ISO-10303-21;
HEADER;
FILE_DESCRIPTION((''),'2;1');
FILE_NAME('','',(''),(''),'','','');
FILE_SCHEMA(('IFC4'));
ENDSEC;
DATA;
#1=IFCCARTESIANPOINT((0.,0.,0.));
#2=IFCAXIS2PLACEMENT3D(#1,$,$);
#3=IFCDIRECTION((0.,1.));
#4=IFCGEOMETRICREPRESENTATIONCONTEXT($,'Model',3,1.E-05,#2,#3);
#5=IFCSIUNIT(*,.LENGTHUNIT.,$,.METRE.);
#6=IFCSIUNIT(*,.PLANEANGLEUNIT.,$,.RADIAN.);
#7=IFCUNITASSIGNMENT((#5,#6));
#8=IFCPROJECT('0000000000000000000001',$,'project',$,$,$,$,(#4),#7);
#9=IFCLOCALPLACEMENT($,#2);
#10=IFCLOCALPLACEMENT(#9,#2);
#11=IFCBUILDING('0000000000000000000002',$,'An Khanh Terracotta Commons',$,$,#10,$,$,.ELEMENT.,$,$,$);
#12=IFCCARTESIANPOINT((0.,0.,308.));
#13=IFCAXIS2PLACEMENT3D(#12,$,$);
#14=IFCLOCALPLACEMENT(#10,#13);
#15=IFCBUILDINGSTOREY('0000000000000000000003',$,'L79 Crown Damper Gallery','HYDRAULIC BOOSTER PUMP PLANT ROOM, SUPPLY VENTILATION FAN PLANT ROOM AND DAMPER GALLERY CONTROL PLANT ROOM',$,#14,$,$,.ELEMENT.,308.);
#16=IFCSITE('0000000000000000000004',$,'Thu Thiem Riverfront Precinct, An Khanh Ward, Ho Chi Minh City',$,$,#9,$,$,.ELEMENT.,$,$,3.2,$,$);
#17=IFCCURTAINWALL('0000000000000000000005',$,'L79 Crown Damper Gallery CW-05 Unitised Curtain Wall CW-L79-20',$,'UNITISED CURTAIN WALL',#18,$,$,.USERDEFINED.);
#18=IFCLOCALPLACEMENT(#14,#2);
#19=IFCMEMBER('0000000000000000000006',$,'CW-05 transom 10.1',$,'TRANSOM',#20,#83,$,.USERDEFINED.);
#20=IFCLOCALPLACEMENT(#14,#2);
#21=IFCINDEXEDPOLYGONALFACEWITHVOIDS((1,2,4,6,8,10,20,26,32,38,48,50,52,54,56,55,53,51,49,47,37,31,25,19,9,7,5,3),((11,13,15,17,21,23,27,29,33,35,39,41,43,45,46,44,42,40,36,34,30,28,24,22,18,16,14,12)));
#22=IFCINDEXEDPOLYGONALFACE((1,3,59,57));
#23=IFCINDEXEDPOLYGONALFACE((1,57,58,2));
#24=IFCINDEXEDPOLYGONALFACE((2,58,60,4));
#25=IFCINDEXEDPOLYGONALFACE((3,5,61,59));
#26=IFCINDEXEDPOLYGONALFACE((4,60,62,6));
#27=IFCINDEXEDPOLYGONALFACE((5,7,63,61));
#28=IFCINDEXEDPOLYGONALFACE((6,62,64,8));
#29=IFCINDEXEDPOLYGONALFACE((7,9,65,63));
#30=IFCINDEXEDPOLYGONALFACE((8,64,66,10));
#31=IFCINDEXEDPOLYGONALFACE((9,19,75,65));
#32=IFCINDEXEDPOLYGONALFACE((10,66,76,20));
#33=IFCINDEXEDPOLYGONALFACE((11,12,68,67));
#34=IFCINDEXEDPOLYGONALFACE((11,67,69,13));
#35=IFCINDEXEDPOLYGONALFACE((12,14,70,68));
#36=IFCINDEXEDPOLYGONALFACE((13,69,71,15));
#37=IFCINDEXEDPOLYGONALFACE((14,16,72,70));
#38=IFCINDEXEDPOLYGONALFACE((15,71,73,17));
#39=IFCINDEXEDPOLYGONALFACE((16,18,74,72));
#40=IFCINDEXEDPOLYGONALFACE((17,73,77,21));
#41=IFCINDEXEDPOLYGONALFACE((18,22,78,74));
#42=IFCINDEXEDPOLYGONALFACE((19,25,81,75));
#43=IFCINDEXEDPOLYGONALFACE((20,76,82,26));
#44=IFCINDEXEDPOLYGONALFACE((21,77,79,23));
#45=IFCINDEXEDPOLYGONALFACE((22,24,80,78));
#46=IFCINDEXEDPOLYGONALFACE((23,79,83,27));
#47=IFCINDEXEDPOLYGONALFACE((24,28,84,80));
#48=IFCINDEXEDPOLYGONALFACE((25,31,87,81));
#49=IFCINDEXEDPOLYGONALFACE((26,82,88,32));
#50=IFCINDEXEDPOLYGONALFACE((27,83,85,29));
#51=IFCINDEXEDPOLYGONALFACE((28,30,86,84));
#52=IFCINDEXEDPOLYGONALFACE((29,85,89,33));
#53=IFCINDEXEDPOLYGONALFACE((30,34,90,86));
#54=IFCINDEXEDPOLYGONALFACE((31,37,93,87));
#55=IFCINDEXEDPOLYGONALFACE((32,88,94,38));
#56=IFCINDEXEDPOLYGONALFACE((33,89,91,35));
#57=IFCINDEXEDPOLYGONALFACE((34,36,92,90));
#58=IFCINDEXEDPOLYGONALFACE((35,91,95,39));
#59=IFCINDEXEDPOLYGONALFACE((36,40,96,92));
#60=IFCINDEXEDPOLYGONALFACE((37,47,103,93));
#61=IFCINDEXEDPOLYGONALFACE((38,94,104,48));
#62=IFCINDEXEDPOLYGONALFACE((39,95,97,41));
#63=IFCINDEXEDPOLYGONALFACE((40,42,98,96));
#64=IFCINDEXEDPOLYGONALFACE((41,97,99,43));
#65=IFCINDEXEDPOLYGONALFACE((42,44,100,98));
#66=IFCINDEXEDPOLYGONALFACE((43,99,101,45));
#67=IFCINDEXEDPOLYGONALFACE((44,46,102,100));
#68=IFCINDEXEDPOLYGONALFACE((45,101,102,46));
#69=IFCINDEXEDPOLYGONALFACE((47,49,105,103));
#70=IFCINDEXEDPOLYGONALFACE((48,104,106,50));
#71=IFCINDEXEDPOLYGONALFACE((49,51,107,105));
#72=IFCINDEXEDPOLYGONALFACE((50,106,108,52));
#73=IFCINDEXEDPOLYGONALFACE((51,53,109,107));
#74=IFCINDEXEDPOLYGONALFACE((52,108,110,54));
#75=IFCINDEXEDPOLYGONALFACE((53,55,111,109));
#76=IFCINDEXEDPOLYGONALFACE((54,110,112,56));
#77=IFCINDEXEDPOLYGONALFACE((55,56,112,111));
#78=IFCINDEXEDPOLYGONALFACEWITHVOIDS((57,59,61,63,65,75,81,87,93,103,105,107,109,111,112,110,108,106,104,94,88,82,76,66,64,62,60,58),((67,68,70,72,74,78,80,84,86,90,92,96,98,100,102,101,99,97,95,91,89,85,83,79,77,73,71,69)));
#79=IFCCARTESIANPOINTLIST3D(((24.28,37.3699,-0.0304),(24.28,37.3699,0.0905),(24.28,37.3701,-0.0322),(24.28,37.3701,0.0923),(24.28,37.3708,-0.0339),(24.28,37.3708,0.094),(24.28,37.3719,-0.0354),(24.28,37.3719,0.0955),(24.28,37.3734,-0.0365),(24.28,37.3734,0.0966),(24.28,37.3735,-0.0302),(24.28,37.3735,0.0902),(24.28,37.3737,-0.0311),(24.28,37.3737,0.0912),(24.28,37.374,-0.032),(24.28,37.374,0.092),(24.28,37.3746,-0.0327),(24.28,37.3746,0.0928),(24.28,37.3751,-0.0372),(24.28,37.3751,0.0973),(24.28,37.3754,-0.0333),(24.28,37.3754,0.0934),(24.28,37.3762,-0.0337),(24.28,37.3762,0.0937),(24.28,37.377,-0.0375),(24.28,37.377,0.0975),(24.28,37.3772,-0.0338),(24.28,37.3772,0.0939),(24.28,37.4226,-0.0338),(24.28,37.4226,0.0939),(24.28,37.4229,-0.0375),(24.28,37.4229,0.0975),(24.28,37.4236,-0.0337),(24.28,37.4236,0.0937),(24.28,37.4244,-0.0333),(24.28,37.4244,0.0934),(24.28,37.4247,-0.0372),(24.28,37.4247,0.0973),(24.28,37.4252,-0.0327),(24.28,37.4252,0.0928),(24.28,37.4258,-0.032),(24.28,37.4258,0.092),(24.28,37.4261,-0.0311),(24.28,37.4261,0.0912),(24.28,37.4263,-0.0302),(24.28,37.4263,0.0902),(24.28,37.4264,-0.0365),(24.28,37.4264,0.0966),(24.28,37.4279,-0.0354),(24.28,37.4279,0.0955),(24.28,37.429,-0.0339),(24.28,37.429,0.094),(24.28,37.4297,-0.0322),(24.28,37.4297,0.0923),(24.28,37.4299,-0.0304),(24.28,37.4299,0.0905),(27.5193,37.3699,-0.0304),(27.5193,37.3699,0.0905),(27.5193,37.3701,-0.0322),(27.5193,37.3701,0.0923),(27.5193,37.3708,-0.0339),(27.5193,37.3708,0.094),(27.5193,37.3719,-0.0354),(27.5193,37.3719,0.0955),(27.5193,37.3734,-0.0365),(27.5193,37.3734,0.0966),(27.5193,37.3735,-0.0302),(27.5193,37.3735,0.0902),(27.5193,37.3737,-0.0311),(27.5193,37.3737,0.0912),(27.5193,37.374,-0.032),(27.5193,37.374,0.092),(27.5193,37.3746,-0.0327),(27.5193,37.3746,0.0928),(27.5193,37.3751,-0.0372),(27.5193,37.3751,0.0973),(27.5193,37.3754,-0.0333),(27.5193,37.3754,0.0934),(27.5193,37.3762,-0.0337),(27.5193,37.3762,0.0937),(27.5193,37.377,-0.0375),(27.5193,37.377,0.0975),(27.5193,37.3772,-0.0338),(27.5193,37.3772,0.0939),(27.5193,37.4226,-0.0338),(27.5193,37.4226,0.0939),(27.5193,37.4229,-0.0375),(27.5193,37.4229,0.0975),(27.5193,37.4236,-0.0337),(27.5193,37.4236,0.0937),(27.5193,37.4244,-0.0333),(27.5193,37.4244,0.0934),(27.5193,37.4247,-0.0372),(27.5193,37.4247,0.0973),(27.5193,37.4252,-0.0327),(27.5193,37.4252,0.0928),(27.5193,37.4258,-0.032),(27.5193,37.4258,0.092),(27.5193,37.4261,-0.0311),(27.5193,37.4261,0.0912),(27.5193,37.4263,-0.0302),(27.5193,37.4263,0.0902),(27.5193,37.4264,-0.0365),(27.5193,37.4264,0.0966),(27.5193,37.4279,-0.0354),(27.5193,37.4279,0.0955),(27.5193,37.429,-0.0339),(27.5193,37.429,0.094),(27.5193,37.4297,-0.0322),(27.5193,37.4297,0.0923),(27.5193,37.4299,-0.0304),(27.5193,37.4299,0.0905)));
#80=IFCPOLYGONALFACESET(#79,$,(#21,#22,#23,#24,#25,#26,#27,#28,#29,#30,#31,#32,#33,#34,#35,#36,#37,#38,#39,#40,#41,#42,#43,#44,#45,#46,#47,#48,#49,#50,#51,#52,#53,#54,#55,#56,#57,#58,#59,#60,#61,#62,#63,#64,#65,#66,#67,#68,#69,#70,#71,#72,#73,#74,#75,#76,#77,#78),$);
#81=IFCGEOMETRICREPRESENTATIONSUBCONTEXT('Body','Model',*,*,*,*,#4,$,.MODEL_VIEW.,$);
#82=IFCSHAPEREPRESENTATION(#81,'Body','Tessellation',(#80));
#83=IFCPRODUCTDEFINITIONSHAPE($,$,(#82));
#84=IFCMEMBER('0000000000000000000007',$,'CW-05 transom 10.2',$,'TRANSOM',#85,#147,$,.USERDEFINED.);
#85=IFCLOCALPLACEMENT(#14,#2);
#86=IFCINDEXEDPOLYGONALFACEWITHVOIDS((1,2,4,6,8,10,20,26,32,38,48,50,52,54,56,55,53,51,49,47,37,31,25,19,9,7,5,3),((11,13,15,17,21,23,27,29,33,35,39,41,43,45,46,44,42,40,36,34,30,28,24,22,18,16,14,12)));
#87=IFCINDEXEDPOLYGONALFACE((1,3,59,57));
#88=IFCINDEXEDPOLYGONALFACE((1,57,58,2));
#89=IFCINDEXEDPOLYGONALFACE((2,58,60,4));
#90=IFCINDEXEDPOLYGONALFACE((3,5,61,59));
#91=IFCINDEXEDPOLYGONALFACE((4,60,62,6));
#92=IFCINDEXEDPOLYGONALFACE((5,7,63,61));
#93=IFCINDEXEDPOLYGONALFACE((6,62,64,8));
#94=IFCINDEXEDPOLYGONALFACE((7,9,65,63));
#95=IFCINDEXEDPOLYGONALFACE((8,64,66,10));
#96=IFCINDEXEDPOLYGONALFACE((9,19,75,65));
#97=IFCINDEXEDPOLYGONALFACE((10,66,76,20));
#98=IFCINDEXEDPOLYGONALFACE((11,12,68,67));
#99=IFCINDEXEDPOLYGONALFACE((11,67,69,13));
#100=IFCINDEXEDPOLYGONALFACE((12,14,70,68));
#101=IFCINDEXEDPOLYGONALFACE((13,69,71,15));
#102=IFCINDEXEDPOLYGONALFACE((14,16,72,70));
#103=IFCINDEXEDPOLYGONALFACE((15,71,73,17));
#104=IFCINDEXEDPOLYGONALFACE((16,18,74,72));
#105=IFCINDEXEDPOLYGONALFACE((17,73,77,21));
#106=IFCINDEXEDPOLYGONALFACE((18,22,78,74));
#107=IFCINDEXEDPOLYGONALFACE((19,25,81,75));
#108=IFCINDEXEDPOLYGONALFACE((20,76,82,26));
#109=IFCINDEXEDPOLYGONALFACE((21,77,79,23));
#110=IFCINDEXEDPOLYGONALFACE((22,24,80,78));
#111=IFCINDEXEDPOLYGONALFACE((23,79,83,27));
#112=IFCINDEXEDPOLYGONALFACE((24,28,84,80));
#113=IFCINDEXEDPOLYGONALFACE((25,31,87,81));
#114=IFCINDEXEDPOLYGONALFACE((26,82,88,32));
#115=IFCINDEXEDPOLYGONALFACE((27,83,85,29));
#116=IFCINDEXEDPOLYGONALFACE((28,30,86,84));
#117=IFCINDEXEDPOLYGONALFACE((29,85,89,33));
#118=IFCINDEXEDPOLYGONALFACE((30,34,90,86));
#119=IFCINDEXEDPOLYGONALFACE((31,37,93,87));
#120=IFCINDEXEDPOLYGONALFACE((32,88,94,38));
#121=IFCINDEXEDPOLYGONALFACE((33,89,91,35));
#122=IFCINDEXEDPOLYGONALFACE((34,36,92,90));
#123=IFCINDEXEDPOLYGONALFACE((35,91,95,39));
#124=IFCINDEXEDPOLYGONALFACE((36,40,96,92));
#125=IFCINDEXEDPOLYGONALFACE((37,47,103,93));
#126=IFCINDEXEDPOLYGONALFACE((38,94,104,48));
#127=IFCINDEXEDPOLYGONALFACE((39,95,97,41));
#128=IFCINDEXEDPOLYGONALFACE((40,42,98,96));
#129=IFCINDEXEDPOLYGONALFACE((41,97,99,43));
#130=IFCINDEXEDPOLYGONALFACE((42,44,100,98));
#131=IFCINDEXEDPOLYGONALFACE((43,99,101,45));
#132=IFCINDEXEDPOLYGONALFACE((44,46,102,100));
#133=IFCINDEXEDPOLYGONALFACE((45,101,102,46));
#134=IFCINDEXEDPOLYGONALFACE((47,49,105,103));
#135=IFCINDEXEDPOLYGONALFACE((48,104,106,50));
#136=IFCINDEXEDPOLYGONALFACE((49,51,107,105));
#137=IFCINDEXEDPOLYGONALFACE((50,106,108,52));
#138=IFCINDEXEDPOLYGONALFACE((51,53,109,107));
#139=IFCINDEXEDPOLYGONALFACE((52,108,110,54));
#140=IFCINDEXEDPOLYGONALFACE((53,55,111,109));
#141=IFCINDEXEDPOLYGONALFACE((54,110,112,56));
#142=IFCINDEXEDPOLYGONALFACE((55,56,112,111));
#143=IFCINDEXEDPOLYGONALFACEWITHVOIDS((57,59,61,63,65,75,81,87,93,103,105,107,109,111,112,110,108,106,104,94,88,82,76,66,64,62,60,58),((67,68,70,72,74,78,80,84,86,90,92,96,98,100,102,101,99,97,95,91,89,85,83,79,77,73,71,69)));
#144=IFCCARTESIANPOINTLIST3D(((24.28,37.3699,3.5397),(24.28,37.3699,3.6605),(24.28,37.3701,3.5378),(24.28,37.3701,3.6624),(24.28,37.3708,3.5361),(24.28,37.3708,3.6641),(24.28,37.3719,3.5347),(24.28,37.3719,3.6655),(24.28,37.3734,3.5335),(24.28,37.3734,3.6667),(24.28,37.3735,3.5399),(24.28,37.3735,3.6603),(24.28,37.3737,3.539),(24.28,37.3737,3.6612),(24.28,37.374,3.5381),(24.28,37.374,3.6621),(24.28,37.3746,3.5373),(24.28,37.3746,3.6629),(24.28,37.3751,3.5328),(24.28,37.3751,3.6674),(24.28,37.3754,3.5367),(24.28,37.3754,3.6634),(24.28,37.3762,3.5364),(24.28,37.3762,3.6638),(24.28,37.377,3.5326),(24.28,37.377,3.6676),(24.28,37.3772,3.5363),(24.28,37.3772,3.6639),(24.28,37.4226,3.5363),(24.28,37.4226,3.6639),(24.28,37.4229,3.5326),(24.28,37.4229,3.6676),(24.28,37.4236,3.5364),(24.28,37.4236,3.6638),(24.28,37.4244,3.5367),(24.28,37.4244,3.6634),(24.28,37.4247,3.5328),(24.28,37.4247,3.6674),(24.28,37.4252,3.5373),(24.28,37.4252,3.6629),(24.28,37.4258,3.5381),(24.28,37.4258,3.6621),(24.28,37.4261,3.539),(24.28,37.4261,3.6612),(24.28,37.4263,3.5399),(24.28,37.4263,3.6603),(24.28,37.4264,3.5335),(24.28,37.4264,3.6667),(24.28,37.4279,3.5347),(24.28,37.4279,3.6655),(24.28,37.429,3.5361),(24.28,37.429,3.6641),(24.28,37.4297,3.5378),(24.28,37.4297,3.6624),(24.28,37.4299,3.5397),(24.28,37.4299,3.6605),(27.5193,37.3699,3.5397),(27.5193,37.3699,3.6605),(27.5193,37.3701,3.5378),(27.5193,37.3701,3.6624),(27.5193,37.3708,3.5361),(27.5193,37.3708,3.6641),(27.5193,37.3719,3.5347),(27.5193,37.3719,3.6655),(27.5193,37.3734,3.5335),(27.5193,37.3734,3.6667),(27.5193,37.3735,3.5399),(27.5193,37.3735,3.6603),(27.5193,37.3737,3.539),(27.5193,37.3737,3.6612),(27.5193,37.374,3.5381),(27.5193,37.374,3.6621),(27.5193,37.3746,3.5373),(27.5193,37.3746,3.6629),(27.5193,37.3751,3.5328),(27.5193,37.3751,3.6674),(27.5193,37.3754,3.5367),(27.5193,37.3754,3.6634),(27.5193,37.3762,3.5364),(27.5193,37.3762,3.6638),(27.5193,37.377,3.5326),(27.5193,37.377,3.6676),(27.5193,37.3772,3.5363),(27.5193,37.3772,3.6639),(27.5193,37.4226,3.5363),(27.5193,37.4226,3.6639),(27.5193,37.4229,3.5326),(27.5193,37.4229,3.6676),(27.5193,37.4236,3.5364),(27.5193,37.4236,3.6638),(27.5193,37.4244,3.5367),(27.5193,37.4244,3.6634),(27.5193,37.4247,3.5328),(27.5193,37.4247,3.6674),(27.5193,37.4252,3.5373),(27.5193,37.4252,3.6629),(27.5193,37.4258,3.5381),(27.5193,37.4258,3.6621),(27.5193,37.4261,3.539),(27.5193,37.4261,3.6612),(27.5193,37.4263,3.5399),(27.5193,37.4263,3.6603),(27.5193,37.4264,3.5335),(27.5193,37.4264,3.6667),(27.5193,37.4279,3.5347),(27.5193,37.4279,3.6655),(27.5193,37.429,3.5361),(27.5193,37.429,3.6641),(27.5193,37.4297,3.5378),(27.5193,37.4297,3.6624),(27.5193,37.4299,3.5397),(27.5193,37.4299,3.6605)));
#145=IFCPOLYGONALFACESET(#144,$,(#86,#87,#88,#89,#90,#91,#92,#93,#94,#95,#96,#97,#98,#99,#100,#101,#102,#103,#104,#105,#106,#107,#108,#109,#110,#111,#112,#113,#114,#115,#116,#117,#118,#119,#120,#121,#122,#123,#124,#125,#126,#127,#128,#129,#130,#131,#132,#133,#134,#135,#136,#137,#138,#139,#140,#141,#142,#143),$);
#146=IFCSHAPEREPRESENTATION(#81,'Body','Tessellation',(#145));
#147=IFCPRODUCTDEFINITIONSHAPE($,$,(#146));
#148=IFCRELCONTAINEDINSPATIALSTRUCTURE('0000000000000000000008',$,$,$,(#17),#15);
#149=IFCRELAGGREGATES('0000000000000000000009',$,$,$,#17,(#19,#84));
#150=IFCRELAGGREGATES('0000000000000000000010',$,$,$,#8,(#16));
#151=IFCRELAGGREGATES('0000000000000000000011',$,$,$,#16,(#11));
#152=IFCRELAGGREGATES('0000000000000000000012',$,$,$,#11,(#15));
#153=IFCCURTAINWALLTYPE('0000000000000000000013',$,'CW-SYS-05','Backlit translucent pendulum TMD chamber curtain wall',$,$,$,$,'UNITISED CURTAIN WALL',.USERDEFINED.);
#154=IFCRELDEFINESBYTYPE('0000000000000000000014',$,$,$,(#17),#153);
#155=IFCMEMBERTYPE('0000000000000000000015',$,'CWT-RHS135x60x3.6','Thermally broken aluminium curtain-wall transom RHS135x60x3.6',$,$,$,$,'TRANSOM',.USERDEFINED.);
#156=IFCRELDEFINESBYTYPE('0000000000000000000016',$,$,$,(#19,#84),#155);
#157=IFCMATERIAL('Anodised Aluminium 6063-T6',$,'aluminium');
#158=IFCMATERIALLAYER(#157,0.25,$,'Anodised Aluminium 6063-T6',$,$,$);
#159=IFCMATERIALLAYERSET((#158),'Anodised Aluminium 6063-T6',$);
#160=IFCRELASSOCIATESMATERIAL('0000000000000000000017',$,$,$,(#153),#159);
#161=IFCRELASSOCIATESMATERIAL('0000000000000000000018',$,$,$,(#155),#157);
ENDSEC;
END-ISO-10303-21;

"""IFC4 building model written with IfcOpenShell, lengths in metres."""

from ifc_helpers import new_model, si_unit, direction, frame, origin, origin_2d, place, context, subcontext, project, spatial, hollow_rectangle, extrude, material, layer, layer_set, material_profile, profile_set, type_object, element, aggregate, save


model = new_model("IFC4")

# Units and contexts
model_context = context("Model", 3, precision=1e-05, world=origin(), true_north=direction((0.0, 1.0)))
body_context = subcontext(model_context, "Body", "Model", "MODEL_VIEW")
ifc_project = project(units=[si_unit("LENGTHUNIT", "METRE"), si_unit("PLANEANGLEUNIT", "RADIAN")], contexts=[model_context])

# Site, building, storey
site_placement = place(None, origin())
site = spatial("IfcSite", under=ifc_project, at=site_placement, Name="Thu Thiem Riverfront Precinct, An Khanh Ward, Ho Chi Minh City", CompositionType="ELEMENT", RefElevation=3.2)
building_placement = place(site_placement, origin())
building = spatial("IfcBuilding", under=site, at=building_placement, Name="An Khanh Terracotta Commons", CompositionType="ELEMENT")
storey_placement = place(building_placement, frame((0.0, 0.0, 308.0)))
storey = spatial("IfcBuildingStorey", under=building, at=storey_placement, Name="L79 Crown Damper Gallery", Description="HYDRAULIC BOOSTER PUMP PLANT ROOM, SUPPLY VENTILATION FAN PLANT ROOM AND DAMPER GALLERY CONTROL PLANT ROOM", CompositionType="ELEMENT", Elevation=308.0)

# Curtain wall
ifc_material_1 = material(Name="Anodised Aluminium 6063-T6", Category="aluminium")
ifc_layer_1 = layer(ifc_material_1, 0.25, Name="Anodised Aluminium 6063-T6")
ifc_layer_set_1 = layer_set([ifc_layer_1], Name="Anodised Aluminium 6063-T6")
curtain_wall_type = type_object("IfcCurtainWallType", Name="CW-SYS-05", Description="Backlit translucent pendulum TMD chamber curtain wall", ElementType="UNITISED CURTAIN WALL", PredefinedType="USERDEFINED", material=ifc_layer_set_1)
curtain_wall_1_placement = place(storey_placement, origin())
curtain_wall_1 = element("IfcCurtainWall", 1, at=curtain_wall_1_placement, inside=storey, type_object=curtain_wall_type, Name="L79 Crown Damper Gallery CW-05 Unitised Curtain Wall CW-L79-20", ObjectType="UNITISED CURTAIN WALL", PredefinedType="USERDEFINED")

# Members
ifc_material_profile_1 = material_profile(ifc_material_1, hollow_rectangle(XDim=0.0601, YDim=0.135, WallThickness=0.0037, InnerFilletRadius=0.0037, OuterFilletRadius=0.0071, at=origin_2d()), Name="RHS135x60x3.6")
ifc_profile_set_1 = profile_set([ifc_material_profile_1], Name="Anodised Aluminium 6063-T6")
member_type_1 = type_object("IfcMemberType", Name="CWT-RHS135x60x3.6", Description="Thermally broken aluminium curtain-wall transom RHS135x60x3.6", ElementType="TRANSOM", PredefinedType="USERDEFINED", material=ifc_profile_set_1)
member_1_placement = place(storey_placement, frame((27.5193, 37.3999, 0.03), z_axis=(-1.0, 0.0, 0.0), x_axis=(0.0, -1.0, 0.0)))
member_1 = element("IfcMember", 2, at=member_1_placement, type_object=member_type_1, Name="CW-05 transom 10.1", ObjectType="TRANSOM", PredefinedType="USERDEFINED", context=body_context, shape_type="SweptSolid", body=[
    extrude(hollow_rectangle(XDim=0.0601, YDim=0.135, WallThickness=0.0037, InnerFilletRadius=0.0037, OuterFilletRadius=0.0071, at=origin_2d()), origin(), (0.0, 0.0, 1.0), 3.2393),
])
member_2_placement = place(storey_placement, frame((27.5193, 37.3999, 3.6001), z_axis=(-1.0, 0.0, 0.0), x_axis=(0.0, -1.0, 0.0)))
member_2 = element("IfcMember", 3, at=member_2_placement, type_object=member_type_1, Name="CW-05 transom 10.2", ObjectType="TRANSOM", PredefinedType="USERDEFINED", context=body_context, shape_type="SweptSolid", body=[
    extrude(hollow_rectangle(XDim=0.0601, YDim=0.135, WallThickness=0.0037, InnerFilletRadius=0.0037, OuterFilletRadius=0.0071, at=origin_2d()), origin(), (0.0, 0.0, 1.0), 3.2393),
])

aggregate(curtain_wall_1, [member_1, member_2])

save(model, "model.ifc")
